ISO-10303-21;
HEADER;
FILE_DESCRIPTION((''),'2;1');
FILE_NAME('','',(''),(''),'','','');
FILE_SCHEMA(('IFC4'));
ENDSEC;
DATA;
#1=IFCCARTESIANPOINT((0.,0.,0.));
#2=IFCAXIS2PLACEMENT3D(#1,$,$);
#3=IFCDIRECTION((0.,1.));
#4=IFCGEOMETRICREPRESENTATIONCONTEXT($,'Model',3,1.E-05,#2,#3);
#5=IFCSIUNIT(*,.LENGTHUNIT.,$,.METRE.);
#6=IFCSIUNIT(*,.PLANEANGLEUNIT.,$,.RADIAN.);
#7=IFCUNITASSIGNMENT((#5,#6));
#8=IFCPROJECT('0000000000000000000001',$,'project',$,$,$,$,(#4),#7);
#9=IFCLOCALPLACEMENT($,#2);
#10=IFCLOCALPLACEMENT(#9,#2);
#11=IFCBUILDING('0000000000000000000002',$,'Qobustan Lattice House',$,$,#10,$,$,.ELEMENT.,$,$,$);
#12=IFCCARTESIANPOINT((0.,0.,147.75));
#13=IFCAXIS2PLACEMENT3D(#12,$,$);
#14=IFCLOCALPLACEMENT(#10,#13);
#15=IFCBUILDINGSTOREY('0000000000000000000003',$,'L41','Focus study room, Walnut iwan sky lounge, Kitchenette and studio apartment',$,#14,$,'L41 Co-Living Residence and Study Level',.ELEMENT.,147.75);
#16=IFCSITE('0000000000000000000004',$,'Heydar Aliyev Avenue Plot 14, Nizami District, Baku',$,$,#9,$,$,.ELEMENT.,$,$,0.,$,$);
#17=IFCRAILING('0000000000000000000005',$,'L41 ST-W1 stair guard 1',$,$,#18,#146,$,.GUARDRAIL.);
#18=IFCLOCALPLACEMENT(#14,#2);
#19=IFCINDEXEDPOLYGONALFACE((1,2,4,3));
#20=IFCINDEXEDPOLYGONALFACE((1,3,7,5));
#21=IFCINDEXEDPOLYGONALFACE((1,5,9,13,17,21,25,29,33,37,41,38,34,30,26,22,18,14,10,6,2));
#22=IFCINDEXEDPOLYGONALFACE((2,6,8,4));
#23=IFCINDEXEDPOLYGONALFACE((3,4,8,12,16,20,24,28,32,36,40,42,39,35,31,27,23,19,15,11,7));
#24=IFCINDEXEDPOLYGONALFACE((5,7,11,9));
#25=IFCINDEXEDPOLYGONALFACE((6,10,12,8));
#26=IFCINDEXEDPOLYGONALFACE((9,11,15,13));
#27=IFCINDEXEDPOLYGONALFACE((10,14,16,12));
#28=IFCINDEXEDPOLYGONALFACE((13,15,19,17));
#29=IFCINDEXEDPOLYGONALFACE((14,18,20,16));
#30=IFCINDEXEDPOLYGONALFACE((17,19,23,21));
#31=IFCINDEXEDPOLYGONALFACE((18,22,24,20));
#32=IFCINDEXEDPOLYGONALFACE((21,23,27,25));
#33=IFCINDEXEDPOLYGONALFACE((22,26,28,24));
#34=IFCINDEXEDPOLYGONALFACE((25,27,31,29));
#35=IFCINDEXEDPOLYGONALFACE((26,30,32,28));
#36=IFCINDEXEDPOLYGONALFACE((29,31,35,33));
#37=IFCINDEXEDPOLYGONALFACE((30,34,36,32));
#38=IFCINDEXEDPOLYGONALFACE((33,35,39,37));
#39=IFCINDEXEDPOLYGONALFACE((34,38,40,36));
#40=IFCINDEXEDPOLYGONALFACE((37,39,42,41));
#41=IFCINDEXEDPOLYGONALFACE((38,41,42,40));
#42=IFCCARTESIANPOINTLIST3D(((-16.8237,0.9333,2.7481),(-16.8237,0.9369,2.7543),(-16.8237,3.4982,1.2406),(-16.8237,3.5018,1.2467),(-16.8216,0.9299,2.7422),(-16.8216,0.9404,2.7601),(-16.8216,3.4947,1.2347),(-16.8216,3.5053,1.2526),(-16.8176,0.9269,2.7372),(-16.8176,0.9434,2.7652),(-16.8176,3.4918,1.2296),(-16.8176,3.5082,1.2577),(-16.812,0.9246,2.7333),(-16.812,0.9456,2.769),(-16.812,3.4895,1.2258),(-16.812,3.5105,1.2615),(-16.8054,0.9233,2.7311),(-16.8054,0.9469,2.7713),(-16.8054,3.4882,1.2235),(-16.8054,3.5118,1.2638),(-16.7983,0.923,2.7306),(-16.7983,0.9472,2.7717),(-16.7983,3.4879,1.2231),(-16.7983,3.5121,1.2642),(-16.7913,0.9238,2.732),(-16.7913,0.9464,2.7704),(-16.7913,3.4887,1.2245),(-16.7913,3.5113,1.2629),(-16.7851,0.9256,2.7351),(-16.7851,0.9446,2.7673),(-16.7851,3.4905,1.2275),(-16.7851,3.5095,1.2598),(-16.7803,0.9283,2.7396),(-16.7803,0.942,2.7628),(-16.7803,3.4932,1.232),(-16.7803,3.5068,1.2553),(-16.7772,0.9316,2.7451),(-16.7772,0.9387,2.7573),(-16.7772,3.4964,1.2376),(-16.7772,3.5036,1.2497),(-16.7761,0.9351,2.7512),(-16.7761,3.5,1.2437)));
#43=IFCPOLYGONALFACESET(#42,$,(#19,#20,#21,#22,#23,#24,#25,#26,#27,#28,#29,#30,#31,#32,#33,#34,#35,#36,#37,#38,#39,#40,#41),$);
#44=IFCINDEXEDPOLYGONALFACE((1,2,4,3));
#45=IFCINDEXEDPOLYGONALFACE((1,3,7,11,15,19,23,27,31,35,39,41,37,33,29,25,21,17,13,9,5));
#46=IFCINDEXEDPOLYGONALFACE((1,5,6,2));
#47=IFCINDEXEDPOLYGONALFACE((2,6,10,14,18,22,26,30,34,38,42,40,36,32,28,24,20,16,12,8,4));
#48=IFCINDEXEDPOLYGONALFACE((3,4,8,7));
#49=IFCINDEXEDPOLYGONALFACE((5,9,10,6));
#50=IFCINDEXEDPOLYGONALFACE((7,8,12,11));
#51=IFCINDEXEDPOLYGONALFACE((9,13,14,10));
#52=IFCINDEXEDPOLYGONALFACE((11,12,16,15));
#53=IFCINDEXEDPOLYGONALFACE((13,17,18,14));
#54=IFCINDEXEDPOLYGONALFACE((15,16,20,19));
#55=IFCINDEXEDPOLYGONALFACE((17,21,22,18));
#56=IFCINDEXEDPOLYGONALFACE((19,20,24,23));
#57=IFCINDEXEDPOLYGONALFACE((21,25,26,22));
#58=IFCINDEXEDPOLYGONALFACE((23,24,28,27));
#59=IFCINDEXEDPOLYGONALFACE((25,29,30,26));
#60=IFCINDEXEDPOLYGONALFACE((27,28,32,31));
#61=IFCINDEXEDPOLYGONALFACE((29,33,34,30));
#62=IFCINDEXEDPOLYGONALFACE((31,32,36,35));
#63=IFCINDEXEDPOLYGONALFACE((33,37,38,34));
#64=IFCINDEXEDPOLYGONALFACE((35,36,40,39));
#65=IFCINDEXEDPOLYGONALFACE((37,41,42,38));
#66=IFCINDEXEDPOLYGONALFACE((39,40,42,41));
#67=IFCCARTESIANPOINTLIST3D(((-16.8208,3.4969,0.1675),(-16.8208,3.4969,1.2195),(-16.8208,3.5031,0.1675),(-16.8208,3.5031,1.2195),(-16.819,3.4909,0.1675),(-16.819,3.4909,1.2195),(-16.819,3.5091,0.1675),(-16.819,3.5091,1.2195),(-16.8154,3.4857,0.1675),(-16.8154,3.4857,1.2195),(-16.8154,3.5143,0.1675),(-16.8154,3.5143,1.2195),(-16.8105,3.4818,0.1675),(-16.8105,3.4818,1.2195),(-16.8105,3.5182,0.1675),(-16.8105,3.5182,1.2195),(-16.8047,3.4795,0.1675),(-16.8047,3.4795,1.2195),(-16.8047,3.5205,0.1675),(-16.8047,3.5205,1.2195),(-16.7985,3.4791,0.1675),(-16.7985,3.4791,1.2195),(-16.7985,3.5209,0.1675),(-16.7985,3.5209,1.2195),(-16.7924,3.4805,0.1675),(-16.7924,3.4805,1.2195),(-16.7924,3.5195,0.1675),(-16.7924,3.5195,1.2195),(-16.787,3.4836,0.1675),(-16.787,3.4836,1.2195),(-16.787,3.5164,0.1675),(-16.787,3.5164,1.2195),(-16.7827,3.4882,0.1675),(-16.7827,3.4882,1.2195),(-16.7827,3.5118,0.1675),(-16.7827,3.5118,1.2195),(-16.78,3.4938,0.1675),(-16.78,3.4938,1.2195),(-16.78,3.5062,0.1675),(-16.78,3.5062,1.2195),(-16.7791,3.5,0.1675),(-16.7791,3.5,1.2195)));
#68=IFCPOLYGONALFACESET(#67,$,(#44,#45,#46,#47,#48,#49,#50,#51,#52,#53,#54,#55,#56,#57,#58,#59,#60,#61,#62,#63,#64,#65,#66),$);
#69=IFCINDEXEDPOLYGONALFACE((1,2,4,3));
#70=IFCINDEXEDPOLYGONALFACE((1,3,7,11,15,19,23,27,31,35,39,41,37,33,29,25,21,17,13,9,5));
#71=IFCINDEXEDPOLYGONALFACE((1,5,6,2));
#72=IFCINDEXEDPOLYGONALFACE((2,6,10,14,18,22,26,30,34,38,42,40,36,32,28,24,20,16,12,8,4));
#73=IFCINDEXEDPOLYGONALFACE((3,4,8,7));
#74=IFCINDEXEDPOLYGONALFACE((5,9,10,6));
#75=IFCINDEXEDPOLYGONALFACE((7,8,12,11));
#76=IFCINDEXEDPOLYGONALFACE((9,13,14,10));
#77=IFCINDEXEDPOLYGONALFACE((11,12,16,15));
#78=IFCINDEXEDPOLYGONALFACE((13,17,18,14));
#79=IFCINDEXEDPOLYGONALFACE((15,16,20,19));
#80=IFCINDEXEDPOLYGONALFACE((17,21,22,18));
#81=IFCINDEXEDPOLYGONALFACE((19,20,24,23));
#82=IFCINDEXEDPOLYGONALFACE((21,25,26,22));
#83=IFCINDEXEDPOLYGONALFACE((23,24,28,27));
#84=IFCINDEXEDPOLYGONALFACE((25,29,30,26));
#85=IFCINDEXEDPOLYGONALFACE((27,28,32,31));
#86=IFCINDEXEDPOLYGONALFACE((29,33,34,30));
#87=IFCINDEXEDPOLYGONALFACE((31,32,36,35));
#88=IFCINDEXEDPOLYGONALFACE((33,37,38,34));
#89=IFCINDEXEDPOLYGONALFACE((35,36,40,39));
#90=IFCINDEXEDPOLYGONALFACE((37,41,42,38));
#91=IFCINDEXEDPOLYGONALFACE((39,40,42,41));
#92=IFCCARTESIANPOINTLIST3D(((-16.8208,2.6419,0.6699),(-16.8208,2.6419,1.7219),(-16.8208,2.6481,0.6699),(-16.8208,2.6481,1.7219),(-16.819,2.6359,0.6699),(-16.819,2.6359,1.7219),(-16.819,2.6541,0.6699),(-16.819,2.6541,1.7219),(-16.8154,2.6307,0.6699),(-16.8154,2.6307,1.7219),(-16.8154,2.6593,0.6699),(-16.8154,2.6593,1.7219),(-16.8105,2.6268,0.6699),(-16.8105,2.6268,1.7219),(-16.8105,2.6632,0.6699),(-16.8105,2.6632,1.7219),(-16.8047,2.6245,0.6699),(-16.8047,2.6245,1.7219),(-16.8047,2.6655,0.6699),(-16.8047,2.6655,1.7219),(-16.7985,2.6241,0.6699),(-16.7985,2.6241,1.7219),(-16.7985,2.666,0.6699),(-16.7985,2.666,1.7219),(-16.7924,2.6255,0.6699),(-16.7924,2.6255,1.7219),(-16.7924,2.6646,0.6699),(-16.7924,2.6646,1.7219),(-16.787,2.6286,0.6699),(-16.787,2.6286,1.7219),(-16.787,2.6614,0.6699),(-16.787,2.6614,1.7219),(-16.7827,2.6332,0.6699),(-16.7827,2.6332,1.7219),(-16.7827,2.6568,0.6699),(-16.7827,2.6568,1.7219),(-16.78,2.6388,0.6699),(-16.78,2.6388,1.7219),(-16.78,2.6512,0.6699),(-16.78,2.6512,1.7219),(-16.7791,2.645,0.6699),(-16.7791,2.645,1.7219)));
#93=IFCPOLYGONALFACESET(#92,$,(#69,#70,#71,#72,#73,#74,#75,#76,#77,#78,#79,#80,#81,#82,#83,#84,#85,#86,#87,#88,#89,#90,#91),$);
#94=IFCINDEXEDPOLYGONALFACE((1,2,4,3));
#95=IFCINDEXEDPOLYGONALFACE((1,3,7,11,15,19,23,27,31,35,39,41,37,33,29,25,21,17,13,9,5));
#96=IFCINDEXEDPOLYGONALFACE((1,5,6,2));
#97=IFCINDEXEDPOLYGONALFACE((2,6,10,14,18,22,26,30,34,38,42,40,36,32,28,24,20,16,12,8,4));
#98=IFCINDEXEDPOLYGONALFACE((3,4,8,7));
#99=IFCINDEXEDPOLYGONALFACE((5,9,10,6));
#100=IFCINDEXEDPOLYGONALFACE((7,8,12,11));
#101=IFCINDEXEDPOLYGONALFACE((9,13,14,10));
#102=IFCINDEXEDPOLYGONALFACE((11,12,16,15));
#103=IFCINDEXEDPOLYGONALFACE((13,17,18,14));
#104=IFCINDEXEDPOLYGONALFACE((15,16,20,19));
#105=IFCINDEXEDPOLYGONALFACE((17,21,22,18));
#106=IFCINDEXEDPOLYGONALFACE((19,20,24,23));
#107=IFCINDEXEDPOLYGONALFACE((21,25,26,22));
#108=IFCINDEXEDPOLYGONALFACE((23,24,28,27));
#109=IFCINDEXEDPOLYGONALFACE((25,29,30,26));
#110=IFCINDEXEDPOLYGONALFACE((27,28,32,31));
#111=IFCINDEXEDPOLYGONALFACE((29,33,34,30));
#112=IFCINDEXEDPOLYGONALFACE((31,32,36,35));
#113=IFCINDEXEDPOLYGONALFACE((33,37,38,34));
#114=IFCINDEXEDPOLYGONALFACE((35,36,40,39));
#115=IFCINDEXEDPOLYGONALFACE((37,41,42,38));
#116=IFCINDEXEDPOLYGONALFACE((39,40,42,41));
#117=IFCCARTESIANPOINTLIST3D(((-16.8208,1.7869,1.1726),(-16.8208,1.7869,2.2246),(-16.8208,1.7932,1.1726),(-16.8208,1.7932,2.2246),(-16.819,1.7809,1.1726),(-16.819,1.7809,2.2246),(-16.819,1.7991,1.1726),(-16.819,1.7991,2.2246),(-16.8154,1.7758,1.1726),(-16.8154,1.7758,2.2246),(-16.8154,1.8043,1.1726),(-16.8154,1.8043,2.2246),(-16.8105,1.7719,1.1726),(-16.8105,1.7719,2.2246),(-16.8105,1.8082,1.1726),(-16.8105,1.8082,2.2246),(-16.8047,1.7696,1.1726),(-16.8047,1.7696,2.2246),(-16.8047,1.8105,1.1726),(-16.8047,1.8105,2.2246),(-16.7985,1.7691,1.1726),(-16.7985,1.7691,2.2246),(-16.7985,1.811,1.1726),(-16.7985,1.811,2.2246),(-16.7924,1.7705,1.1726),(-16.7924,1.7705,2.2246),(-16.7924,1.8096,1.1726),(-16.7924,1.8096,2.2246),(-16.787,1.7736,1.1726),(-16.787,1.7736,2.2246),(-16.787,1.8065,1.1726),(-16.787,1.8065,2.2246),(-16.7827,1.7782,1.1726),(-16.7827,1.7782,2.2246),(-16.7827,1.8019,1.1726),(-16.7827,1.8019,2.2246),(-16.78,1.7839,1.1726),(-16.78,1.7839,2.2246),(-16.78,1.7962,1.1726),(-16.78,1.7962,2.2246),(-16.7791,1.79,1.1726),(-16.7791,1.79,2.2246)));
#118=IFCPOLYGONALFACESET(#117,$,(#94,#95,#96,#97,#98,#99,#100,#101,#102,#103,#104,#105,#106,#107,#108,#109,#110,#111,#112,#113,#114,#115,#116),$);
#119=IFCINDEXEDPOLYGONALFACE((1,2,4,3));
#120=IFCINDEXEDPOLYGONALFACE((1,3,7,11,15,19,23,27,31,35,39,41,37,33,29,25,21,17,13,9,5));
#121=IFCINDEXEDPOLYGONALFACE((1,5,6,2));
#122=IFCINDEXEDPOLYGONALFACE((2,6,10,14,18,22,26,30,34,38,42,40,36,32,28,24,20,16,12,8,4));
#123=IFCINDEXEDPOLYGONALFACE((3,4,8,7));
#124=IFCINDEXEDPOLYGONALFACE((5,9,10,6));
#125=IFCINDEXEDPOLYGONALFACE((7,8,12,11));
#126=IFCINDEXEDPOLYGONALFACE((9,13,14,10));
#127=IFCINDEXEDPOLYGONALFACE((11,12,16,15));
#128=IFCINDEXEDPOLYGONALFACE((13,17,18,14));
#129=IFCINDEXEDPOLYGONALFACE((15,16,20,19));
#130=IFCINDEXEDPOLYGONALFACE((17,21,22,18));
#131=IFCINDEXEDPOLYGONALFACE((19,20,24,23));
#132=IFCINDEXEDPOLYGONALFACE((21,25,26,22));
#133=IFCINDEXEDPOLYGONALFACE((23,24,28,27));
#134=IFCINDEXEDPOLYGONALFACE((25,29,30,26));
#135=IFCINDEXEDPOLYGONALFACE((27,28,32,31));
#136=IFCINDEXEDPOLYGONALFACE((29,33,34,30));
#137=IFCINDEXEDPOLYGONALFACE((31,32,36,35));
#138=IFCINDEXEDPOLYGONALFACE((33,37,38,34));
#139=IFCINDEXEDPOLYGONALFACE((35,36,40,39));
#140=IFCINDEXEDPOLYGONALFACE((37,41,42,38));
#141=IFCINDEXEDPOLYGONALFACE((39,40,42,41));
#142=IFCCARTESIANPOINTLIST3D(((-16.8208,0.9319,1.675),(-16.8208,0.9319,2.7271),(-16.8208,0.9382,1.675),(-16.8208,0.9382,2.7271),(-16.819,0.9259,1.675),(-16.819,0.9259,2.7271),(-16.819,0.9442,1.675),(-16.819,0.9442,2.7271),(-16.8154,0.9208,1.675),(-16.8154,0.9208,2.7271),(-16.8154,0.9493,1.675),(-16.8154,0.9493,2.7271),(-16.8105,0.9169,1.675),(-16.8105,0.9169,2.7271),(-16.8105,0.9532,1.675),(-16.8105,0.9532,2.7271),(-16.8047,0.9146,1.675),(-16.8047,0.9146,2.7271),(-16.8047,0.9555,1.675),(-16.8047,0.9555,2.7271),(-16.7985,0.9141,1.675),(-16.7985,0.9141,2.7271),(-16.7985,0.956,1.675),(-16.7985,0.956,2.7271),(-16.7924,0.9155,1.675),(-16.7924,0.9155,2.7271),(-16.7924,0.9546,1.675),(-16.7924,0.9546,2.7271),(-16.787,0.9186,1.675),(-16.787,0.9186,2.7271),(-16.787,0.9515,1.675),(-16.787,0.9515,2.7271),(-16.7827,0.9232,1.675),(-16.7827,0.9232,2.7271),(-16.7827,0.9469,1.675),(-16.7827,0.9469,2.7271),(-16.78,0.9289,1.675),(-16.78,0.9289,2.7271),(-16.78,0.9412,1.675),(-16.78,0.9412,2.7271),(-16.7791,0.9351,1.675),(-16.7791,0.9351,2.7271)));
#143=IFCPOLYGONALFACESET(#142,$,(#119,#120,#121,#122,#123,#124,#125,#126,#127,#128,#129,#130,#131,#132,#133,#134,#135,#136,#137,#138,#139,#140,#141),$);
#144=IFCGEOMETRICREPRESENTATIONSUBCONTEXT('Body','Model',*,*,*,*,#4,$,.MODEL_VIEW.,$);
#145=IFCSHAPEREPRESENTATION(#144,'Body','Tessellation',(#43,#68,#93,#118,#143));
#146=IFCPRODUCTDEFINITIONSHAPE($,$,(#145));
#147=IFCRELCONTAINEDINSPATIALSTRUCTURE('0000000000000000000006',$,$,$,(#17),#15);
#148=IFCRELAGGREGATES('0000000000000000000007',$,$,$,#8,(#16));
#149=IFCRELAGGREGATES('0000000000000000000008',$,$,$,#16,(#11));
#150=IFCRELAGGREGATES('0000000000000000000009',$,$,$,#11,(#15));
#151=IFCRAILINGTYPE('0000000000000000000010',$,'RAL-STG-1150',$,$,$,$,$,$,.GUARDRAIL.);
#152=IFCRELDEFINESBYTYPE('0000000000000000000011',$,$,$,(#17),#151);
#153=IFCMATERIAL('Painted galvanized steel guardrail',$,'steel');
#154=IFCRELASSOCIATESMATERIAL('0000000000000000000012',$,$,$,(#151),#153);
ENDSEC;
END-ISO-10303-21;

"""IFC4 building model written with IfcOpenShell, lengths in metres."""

from ifc_helpers import new_model, si_unit, direction, frame, origin, origin_2d, place, context, subcontext, project, spatial, circle, extrude, material, type_object, element, save


model = new_model("IFC4")

# Units and contexts
model_context = context("Model", 3, precision=1e-05, world=origin(), true_north=direction((0.0, 1.0)))
body_context = subcontext(model_context, "Body", "Model", "MODEL_VIEW")
ifc_project = project(units=[si_unit("LENGTHUNIT", "METRE"), si_unit("PLANEANGLEUNIT", "RADIAN")], contexts=[model_context])

# Site, building, storey
site_placement = place(None, origin())
site = spatial("IfcSite", under=ifc_project, at=site_placement, Name="Heydar Aliyev Avenue Plot 14, Nizami District, Baku", CompositionType="ELEMENT", RefElevation=0.0)
building_placement = place(site_placement, origin())
building = spatial("IfcBuilding", under=site, at=building_placement, Name="Qobustan Lattice House", CompositionType="ELEMENT")
storey_placement = place(building_placement, frame((0.0, 0.0, 147.75)))
storey = spatial("IfcBuildingStorey", under=building, at=storey_placement, Name="L41", Description="Focus study room, Walnut iwan sky lounge, Kitchenette and studio apartment", LongName="L41 Co-Living Residence and Study Level", CompositionType="ELEMENT", Elevation=147.75)

# Railing
ifc_material_1 = material(Name="Painted galvanized steel guardrail", Category="steel")
railing_type_1 = type_object("IfcRailingType", Name="RAL-STG-1150", PredefinedType="GUARDRAIL", material=ifc_material_1)
railing_1_placement = place(storey_placement, frame((-16.8, 3.5, 0.1675)))
element("IfcRailing", 1, at=railing_1_placement, inside=storey, type_object=railing_type_1, Name="L41 ST-W1 stair guard 1", PredefinedType="GUARDRAIL", context=body_context, shape_type="SweptSolid", body=[
    extrude(circle(Radius=0.0239, at=origin_2d()), frame((0.0, 0.0, 1.0762), z_axis=(0.0, -0.862113, 0.506715), x_axis=(1.0, 0.0, 0.0)), (0.0, 0.0, 1.0), 2.9751),
    extrude(circle(Radius=0.021, at=origin_2d()), origin(), (0.0, 0.0, 1.0), 1.052),
    extrude(circle(Radius=0.021, at=origin_2d()), frame((0.0, -0.855, 0.5024)), (0.0, 0.0, 1.0), 1.052),
    extrude(circle(Radius=0.021, at=origin_2d()), frame((0.0, -1.71, 1.0051)), (0.0, 0.0, 1.0), 1.052),
    extrude(circle(Radius=0.021, at=origin_2d()), frame((0.0, -2.5649, 1.5076)), (0.0, 0.0, 1.0), 1.052),
])

save(model, "model.ifc")
